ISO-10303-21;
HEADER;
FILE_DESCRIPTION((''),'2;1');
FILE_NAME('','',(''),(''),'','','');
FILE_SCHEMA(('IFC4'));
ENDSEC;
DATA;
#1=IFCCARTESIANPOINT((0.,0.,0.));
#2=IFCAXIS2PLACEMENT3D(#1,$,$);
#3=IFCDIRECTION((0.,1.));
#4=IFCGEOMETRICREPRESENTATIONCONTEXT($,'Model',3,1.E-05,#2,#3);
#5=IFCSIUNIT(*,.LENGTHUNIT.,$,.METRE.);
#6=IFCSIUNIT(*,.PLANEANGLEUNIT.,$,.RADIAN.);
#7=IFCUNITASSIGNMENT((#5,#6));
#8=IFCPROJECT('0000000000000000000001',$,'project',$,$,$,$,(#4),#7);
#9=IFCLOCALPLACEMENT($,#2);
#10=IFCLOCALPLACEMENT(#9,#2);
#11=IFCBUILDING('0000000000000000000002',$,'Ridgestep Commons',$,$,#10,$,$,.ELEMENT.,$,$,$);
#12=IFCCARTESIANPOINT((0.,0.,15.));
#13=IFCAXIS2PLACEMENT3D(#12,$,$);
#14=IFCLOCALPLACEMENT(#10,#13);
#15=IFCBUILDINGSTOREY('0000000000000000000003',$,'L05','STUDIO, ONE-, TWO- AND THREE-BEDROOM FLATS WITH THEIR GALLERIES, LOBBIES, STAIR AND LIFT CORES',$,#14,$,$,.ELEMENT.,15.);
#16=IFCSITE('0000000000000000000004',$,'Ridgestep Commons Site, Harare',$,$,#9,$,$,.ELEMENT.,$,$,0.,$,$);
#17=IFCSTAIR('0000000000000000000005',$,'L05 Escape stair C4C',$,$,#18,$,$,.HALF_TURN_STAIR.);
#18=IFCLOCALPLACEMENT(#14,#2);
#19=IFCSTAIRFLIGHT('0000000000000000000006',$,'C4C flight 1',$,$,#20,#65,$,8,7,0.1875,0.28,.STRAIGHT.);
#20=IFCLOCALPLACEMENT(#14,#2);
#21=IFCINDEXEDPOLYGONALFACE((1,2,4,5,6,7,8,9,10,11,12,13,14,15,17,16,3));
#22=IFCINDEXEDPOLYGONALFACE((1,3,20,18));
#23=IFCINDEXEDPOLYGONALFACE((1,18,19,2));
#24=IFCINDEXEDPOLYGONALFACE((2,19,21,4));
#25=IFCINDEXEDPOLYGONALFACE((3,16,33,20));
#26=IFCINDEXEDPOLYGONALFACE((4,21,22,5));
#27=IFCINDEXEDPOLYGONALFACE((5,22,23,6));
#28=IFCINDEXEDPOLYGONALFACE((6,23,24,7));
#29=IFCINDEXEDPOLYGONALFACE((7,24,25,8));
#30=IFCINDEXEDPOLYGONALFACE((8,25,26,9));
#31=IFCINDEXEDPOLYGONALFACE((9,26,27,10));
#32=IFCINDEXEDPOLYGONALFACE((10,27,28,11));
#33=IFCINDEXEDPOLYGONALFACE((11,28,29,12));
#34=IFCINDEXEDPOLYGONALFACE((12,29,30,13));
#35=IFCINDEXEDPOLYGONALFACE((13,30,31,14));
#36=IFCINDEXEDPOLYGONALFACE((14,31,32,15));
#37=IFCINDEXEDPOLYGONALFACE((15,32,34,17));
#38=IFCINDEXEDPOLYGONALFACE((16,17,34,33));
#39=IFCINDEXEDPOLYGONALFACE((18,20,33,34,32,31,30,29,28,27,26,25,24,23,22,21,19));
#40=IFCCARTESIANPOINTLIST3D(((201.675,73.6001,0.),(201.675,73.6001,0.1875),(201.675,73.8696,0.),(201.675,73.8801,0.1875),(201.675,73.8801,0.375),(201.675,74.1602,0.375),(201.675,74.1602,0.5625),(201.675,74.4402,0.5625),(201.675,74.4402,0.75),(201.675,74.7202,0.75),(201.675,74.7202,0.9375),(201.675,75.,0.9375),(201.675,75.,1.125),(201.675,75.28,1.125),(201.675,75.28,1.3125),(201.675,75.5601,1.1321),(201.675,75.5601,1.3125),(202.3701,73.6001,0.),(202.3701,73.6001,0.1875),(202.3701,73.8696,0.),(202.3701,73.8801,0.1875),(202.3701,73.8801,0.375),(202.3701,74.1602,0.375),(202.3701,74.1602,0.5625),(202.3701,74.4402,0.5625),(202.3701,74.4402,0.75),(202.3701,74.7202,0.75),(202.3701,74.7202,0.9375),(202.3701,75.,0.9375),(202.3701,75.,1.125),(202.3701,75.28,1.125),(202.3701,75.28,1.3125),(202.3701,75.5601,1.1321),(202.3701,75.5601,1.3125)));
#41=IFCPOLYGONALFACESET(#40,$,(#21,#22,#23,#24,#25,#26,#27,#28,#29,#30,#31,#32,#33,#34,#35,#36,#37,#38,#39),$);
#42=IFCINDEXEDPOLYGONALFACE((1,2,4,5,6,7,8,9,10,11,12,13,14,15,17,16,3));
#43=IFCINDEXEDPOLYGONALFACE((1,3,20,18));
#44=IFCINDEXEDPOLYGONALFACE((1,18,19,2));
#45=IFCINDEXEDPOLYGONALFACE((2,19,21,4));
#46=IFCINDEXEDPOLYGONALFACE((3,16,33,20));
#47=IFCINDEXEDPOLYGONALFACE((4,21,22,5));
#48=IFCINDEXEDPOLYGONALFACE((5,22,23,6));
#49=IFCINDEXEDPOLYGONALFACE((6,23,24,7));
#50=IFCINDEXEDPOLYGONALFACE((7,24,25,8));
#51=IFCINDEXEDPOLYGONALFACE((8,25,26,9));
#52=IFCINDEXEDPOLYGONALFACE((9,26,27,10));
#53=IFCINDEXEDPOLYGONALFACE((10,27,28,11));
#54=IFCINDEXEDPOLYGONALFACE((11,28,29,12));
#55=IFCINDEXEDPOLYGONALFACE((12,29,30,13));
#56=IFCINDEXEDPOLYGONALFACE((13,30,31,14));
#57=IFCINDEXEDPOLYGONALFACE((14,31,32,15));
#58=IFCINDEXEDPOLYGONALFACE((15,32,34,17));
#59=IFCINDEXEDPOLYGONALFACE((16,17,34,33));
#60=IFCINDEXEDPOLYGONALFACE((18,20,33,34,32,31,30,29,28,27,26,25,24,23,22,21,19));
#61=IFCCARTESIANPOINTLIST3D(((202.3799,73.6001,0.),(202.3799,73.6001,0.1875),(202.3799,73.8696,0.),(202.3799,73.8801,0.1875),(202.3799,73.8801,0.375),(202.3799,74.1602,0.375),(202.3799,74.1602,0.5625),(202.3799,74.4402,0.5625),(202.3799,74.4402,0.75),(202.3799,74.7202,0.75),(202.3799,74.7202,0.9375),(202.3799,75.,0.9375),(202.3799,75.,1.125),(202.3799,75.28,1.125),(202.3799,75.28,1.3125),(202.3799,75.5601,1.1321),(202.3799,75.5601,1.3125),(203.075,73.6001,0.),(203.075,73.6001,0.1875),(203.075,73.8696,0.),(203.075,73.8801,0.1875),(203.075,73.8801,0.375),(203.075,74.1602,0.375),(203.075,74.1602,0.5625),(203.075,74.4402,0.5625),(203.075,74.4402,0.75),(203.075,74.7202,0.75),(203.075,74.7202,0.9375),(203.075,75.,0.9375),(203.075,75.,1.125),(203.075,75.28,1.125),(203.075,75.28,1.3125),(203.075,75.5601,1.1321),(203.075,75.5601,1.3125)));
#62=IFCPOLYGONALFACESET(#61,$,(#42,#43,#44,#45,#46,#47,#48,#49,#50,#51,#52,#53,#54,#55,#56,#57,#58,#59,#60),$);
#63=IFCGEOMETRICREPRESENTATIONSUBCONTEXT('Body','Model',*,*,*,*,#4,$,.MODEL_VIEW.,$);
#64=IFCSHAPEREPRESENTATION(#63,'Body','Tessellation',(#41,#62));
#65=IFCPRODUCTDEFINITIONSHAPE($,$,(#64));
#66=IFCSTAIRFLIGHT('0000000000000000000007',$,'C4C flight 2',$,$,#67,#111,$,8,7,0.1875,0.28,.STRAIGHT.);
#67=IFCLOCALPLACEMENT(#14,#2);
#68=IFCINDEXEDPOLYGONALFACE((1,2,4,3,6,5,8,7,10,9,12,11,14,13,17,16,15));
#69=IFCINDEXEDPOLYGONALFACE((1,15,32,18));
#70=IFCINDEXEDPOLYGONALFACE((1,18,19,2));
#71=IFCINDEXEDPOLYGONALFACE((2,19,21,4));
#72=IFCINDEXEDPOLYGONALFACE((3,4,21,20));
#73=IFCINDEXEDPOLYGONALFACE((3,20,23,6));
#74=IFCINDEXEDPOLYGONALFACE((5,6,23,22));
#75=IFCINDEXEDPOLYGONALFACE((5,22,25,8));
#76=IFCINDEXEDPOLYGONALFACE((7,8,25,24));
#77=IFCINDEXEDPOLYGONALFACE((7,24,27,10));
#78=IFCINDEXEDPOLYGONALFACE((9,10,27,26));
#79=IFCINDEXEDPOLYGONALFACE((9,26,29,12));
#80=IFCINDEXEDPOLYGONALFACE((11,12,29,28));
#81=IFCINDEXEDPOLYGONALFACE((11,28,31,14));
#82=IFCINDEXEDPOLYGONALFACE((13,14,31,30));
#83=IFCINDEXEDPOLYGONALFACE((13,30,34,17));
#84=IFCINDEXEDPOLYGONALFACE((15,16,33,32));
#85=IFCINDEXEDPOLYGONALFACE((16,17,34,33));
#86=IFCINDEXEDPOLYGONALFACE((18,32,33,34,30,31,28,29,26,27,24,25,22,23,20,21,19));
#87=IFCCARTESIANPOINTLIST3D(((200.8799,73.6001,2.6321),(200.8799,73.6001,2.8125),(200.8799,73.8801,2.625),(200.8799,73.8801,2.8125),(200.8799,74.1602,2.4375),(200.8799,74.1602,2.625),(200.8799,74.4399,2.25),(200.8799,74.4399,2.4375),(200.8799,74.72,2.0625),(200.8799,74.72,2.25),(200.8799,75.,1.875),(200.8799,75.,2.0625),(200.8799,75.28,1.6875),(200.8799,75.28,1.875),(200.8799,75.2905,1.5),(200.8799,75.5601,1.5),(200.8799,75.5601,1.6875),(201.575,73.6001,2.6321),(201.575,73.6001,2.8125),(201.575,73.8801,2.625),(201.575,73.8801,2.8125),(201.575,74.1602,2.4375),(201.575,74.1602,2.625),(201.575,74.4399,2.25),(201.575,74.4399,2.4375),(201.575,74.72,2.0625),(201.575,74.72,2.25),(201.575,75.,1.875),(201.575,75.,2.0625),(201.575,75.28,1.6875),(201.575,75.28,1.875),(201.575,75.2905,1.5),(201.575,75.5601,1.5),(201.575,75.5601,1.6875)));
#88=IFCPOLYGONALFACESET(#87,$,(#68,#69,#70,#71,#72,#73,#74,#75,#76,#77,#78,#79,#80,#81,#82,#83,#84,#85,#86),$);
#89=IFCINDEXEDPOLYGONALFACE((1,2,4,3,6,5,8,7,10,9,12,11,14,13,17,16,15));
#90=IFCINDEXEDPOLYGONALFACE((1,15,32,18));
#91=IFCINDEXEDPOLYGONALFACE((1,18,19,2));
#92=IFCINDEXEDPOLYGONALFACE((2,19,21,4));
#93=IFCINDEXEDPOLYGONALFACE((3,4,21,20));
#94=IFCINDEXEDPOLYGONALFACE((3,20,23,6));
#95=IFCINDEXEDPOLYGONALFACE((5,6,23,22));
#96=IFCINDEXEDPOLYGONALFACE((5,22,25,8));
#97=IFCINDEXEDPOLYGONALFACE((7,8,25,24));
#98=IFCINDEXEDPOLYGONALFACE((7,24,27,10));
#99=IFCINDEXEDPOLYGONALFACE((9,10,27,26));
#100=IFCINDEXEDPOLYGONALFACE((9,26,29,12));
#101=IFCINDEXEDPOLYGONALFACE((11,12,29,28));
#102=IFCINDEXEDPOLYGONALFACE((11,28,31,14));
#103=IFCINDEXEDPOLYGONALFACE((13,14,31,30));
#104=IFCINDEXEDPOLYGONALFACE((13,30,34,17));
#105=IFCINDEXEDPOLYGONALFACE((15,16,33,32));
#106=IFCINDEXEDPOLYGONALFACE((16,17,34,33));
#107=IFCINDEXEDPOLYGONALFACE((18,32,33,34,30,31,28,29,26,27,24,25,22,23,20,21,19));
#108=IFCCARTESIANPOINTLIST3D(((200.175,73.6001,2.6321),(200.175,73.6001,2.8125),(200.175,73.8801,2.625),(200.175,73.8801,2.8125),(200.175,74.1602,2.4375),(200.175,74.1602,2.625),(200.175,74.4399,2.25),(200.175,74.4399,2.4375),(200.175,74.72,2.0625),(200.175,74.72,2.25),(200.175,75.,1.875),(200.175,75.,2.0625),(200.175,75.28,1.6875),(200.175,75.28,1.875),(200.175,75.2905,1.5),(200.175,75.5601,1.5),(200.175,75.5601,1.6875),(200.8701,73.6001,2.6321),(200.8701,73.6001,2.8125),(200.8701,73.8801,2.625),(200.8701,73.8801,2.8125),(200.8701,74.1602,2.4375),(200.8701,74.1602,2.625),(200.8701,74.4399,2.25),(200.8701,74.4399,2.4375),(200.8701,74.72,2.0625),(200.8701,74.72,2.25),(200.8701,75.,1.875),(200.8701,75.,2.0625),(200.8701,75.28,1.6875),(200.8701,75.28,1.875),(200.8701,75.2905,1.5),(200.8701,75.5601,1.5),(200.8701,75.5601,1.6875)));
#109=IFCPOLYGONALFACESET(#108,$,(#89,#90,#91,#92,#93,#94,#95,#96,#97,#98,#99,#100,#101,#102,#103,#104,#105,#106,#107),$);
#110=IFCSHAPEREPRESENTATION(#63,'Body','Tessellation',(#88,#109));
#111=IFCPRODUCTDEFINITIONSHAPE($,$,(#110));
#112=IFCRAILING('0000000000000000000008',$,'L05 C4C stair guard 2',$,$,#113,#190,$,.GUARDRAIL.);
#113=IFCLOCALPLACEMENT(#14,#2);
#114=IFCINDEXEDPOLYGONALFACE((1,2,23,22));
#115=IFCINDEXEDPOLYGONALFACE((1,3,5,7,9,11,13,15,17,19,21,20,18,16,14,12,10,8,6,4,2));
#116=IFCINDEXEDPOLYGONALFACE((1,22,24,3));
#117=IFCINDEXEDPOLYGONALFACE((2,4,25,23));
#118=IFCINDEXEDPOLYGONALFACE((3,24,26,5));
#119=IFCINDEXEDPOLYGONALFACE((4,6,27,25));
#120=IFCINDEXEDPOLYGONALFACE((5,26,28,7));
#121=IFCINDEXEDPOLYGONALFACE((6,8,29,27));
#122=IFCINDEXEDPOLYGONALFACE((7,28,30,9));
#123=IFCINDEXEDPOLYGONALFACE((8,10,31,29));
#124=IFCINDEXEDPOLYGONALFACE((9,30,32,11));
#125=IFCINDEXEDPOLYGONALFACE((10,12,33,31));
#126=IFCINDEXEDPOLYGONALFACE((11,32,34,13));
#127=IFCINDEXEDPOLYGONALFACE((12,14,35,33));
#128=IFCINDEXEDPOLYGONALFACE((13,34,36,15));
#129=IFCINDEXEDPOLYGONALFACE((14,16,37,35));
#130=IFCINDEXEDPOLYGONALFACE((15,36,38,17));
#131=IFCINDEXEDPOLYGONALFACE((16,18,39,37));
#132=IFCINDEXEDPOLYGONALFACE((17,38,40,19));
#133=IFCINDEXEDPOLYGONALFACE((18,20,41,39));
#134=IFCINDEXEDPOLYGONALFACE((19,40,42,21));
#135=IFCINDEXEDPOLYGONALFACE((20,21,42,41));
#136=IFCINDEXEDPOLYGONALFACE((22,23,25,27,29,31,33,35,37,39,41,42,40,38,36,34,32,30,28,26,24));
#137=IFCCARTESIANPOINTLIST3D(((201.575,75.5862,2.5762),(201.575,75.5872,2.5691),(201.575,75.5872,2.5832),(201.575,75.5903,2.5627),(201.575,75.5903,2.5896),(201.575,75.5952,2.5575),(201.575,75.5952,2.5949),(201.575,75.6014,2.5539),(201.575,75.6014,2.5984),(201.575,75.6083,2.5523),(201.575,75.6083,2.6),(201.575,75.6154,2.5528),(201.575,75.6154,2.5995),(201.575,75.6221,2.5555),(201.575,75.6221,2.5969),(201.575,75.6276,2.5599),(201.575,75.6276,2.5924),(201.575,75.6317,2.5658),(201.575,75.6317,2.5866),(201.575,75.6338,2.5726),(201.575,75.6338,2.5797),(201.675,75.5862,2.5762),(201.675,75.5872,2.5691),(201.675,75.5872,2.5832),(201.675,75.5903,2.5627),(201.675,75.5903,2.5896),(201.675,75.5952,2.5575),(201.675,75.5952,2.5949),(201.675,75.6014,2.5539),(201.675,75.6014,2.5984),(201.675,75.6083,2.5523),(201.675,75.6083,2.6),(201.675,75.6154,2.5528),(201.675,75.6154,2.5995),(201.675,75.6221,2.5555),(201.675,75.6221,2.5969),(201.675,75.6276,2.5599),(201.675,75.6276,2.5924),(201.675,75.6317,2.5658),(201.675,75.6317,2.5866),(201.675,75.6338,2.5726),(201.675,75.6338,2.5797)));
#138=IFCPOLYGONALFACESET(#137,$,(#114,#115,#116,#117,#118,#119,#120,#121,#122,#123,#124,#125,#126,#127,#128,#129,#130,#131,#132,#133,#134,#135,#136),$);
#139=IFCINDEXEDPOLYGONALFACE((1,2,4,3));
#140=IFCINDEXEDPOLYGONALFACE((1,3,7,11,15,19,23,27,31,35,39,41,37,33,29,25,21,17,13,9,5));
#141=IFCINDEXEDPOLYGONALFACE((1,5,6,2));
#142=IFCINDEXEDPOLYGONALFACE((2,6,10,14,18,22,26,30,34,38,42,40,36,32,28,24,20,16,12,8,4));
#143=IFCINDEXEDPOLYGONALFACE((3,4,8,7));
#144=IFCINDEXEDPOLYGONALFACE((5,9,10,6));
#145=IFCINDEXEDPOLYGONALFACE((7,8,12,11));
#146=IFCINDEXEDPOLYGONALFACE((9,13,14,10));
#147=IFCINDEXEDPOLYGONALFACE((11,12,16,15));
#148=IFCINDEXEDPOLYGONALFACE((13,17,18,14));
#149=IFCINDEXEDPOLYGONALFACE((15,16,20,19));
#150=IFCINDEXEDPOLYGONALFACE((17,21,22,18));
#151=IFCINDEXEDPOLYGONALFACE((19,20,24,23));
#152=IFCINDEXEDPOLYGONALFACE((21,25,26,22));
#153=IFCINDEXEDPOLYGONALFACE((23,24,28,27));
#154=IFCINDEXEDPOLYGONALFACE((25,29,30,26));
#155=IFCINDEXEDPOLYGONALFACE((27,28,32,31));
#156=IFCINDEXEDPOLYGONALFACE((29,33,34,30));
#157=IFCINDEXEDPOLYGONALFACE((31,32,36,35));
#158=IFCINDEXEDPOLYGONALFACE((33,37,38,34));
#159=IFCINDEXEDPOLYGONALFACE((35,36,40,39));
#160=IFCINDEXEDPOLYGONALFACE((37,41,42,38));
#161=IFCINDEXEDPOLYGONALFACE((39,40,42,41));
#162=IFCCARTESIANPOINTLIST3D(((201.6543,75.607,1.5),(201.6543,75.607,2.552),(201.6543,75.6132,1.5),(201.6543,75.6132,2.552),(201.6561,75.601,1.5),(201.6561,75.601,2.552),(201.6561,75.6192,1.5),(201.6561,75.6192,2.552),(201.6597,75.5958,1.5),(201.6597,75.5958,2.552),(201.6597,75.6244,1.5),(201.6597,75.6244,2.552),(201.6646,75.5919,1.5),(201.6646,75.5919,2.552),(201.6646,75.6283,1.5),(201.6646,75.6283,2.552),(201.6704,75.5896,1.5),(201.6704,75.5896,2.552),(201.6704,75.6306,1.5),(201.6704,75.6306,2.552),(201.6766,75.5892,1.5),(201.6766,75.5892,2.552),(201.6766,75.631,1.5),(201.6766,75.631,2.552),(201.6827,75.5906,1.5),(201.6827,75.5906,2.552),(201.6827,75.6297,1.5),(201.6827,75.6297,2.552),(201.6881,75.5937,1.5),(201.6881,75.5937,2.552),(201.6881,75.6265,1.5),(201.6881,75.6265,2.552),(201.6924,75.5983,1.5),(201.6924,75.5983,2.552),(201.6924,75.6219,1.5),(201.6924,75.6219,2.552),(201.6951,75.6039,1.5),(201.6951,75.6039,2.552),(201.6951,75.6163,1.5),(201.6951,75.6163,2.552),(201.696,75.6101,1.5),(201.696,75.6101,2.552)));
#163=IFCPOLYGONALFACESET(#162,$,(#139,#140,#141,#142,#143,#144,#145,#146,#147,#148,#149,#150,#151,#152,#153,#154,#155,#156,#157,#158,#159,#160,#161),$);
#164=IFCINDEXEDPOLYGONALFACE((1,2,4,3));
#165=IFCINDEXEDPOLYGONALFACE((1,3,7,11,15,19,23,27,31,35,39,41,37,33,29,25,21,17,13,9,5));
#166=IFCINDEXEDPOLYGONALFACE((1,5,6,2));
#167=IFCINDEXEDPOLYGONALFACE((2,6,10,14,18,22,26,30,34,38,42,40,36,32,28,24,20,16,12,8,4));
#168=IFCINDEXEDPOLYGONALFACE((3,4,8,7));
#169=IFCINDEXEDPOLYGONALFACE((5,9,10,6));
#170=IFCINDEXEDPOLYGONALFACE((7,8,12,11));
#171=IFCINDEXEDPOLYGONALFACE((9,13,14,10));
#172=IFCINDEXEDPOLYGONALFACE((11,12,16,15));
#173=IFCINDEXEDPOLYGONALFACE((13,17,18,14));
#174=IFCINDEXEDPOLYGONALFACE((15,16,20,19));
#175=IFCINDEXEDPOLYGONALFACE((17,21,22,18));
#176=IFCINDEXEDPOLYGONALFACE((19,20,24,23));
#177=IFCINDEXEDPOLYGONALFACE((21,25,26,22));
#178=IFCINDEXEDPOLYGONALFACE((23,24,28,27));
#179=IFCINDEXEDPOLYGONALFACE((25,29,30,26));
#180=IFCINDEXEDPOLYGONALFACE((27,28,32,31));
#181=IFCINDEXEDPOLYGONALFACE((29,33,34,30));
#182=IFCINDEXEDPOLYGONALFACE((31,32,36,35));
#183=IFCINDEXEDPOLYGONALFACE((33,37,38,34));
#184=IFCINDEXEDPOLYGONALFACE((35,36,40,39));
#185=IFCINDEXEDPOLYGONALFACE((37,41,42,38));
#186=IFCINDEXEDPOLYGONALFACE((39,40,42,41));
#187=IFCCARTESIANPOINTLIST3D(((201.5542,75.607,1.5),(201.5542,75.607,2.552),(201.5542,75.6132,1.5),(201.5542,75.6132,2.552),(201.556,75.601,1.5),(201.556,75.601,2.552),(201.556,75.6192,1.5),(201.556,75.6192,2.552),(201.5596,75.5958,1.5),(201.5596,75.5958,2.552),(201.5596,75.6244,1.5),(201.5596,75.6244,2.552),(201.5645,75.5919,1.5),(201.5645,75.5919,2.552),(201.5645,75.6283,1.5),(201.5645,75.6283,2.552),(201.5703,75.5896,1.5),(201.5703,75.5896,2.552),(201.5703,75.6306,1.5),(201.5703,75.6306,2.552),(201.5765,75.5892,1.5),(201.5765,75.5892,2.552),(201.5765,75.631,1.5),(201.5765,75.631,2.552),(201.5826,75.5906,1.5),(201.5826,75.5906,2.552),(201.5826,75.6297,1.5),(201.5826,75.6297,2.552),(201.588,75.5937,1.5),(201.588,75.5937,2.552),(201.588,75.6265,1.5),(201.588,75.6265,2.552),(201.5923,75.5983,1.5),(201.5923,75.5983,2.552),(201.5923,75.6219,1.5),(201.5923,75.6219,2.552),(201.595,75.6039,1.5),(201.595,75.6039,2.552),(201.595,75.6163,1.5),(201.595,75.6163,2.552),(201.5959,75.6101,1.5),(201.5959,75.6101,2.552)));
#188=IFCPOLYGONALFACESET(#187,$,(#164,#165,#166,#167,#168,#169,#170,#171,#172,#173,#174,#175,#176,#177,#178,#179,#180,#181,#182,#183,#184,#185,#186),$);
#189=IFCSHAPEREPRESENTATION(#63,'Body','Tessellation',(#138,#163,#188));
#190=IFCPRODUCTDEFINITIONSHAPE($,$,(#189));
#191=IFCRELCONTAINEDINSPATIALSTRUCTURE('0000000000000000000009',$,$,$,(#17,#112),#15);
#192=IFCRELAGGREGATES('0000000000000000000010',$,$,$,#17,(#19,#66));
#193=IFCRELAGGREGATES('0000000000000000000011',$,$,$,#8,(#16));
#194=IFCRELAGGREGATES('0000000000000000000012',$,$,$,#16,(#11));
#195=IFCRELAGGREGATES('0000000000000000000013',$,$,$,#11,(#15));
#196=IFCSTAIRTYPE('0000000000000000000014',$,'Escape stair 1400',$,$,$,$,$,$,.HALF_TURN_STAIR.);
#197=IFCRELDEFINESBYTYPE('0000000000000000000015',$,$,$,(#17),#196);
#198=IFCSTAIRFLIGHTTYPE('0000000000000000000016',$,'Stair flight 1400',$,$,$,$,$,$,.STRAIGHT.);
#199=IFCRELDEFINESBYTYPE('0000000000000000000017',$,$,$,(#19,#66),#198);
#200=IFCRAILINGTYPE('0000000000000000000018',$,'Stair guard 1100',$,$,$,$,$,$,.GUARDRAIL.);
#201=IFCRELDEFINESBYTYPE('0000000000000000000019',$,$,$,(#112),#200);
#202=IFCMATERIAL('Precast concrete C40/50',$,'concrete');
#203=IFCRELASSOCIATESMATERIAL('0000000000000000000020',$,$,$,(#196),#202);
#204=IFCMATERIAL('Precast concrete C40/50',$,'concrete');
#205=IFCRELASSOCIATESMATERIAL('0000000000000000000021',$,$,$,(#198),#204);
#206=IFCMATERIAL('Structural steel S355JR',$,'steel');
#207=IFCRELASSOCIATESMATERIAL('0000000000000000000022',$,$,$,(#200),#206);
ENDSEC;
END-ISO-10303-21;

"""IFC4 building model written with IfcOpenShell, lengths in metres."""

from ifc_helpers import new_model, si_unit, direction, frame, origin, origin_2d, place, context, subcontext, project, spatial, polyline, circle, outline, extrude, material, type_object, element, aggregate, save


model = new_model("IFC4")

# Units and contexts
model_context = context("Model", 3, precision=1e-05, world=origin(), true_north=direction((0.0, 1.0)))
body_context = subcontext(model_context, "Body", "Model", "MODEL_VIEW")
ifc_project = project(units=[si_unit("LENGTHUNIT", "METRE"), si_unit("PLANEANGLEUNIT", "RADIAN")], contexts=[model_context])

# Site, building, storey
site_placement = place(None, origin())
site = spatial("IfcSite", under=ifc_project, at=site_placement, Name="Ridgestep Commons Site, Harare", CompositionType="ELEMENT", RefElevation=0.0)
building_placement = place(site_placement, origin())
building = spatial("IfcBuilding", under=site, at=building_placement, Name="Ridgestep Commons", CompositionType="ELEMENT")
storey_placement = place(building_placement, frame((0.0, 0.0, 15.0)))
storey = spatial("IfcBuildingStorey", under=building, at=storey_placement, Name="L05", Description="STUDIO, ONE-, TWO- AND THREE-BEDROOM FLATS WITH THEIR GALLERIES, LOBBIES, STAIR AND LIFT CORES", CompositionType="ELEMENT", Elevation=15.0)

# Stair, stair flights
ifc_material_1 = material(Name="Precast concrete C40/50", Category="concrete")
stair_type = type_object("IfcStairType", Name="Escape stair 1400", PredefinedType="HALF_TURN_STAIR", material=ifc_material_1)
stair_placement = place(storey_placement, origin())
stair = element("IfcStair", 1, at=stair_placement, inside=storey, type_object=stair_type, Name="L05 Escape stair C4C", PredefinedType="HALF_TURN_STAIR")
ifc_material_2 = material(Name="Precast concrete C40/50", Category="concrete")
stair_flight_type = type_object("IfcStairFlightType", Name="Stair flight 1400", PredefinedType="STRAIGHT", material=ifc_material_2)
stair_flight_1_placement = place(storey_placement, frame((202.375, 73.6001, 0.0), z_axis=(0.0, 0.0, 1.0), x_axis=(0.0, 1.0, 0.0)))
stair_flight_1 = element("IfcStairFlight", 2, at=stair_flight_1_placement, type_object=stair_flight_type, Name="C4C flight 1", NumberOfRisers=8, NumberOfTreads=7, PredefinedType="STRAIGHT", RiserHeight=0.1875, TreadLength=0.28, context=body_context, shape_type="SweptSolid", body=[
    extrude(outline(polyline([(0.0, 0.0), (0.0, 0.1875), (0.28, 0.1875), (0.28, 0.375), (0.5601, 0.375), (0.5601, 0.5625), (0.8401, 0.5625), (0.8401, 0.75), (1.1201, 0.75), (1.1201, 0.9375), (1.3999, 0.9375), (1.3999, 1.125), (1.6799, 1.125), (1.6799, 1.3125), (1.96, 1.3125), (1.96, 1.5), (1.96, 1.1321), (0.2695, 0.0), (0.0, 0.0)])), frame((0.0, 0.7, 0.0), z_axis=(0.0, -1.0, 0.0), x_axis=(1.0, 0.0, 0.0)), (0.0, 0.0, 1.0), 0.6951),
    extrude(outline(polyline([(0.0, 0.0), (0.0, 0.1875), (0.28, 0.1875), (0.28, 0.375), (0.5601, 0.375), (0.5601, 0.5625), (0.8401, 0.5625), (0.8401, 0.75), (1.1201, 0.75), (1.1201, 0.9375), (1.3999, 0.9375), (1.3999, 1.125), (1.6799, 1.125), (1.6799, 1.3125), (1.96, 1.3125), (1.96, 1.5), (1.96, 1.1321), (0.2695, 0.0), (0.0, 0.0)])), frame((0.0, -0.0049, 0.0), z_axis=(0.0, -1.0, 0.0), x_axis=(1.0, 0.0, 0.0)), (0.0, 0.0, 1.0), 0.6951),
])
stair_flight_2_placement = place(storey_placement, frame((200.875, 75.5601, 1.5), z_axis=(0.0, 0.0, 1.0), x_axis=(0.0, -1.0, 0.0)))
stair_flight_2 = element("IfcStairFlight", 3, at=stair_flight_2_placement, type_object=stair_flight_type, Name="C4C flight 2", NumberOfRisers=8, NumberOfTreads=7, PredefinedType="STRAIGHT", RiserHeight=0.1875, TreadLength=0.28, context=body_context, shape_type="SweptSolid", body=[
    extrude(outline(polyline([(0.0, 0.0), (0.0, 0.1875), (0.28, 0.1875), (0.28, 0.375), (0.5601, 0.375), (0.5601, 0.5625), (0.8401, 0.5625), (0.8401, 0.75), (1.1201, 0.75), (1.1201, 0.9375), (1.3999, 0.9375), (1.3999, 1.125), (1.6799, 1.125), (1.6799, 1.3125), (1.96, 1.3125), (1.96, 1.5), (1.96, 1.1321), (0.2695, 0.0), (0.0, 0.0)])), frame((0.0, 0.7, 0.0), z_axis=(0.0, -1.0, 0.0), x_axis=(1.0, 0.0, 0.0)), (0.0, 0.0, 1.0), 0.6951),
    extrude(outline(polyline([(0.0, 0.0), (0.0, 0.1875), (0.28, 0.1875), (0.28, 0.375), (0.5601, 0.375), (0.5601, 0.5625), (0.8401, 0.5625), (0.8401, 0.75), (1.1201, 0.75), (1.1201, 0.9375), (1.3999, 0.9375), (1.3999, 1.125), (1.6799, 1.125), (1.6799, 1.3125), (1.96, 1.3125), (1.96, 1.5), (1.96, 1.1321), (0.2695, 0.0), (0.0, 0.0)])), frame((0.0, -0.0049, 0.0), z_axis=(0.0, -1.0, 0.0), x_axis=(1.0, 0.0, 0.0)), (0.0, 0.0, 1.0), 0.6951),
])
aggregate(stair, [stair_flight_1, stair_flight_2])

# Railing
ifc_material_3 = material(Name="Structural steel S355JR", Category="steel")
railing_type_1 = type_object("IfcRailingType", Name="Stair guard 1100", PredefinedType="GUARDRAIL", material=ifc_material_3)
railing_1_placement = place(storey_placement, frame((201.675, 75.6101, 1.5)))
element("IfcRailing", 4, at=railing_1_placement, inside=storey, type_object=railing_type_1, Name="L05 C4C stair guard 2", PredefinedType="GUARDRAIL", context=body_context, shape_type="SweptSolid", body=[
    extrude(circle(Radius=0.0239, at=origin_2d()), frame((0.0, 0.0, 1.0762), z_axis=(-1.0, 0.0, 0.0), x_axis=(0.0, -1.0, 0.0)), (0.0, 0.0, 1.0), 0.1001),
    extrude(circle(Radius=0.021, at=origin_2d()), origin(), (0.0, 0.0, 1.0), 1.052),
    extrude(circle(Radius=0.021, at=origin_2d()), frame((-0.1001, 0.0, 0.0)), (0.0, 0.0, 1.0), 1.052),
])

save(model, "model.ifc")
